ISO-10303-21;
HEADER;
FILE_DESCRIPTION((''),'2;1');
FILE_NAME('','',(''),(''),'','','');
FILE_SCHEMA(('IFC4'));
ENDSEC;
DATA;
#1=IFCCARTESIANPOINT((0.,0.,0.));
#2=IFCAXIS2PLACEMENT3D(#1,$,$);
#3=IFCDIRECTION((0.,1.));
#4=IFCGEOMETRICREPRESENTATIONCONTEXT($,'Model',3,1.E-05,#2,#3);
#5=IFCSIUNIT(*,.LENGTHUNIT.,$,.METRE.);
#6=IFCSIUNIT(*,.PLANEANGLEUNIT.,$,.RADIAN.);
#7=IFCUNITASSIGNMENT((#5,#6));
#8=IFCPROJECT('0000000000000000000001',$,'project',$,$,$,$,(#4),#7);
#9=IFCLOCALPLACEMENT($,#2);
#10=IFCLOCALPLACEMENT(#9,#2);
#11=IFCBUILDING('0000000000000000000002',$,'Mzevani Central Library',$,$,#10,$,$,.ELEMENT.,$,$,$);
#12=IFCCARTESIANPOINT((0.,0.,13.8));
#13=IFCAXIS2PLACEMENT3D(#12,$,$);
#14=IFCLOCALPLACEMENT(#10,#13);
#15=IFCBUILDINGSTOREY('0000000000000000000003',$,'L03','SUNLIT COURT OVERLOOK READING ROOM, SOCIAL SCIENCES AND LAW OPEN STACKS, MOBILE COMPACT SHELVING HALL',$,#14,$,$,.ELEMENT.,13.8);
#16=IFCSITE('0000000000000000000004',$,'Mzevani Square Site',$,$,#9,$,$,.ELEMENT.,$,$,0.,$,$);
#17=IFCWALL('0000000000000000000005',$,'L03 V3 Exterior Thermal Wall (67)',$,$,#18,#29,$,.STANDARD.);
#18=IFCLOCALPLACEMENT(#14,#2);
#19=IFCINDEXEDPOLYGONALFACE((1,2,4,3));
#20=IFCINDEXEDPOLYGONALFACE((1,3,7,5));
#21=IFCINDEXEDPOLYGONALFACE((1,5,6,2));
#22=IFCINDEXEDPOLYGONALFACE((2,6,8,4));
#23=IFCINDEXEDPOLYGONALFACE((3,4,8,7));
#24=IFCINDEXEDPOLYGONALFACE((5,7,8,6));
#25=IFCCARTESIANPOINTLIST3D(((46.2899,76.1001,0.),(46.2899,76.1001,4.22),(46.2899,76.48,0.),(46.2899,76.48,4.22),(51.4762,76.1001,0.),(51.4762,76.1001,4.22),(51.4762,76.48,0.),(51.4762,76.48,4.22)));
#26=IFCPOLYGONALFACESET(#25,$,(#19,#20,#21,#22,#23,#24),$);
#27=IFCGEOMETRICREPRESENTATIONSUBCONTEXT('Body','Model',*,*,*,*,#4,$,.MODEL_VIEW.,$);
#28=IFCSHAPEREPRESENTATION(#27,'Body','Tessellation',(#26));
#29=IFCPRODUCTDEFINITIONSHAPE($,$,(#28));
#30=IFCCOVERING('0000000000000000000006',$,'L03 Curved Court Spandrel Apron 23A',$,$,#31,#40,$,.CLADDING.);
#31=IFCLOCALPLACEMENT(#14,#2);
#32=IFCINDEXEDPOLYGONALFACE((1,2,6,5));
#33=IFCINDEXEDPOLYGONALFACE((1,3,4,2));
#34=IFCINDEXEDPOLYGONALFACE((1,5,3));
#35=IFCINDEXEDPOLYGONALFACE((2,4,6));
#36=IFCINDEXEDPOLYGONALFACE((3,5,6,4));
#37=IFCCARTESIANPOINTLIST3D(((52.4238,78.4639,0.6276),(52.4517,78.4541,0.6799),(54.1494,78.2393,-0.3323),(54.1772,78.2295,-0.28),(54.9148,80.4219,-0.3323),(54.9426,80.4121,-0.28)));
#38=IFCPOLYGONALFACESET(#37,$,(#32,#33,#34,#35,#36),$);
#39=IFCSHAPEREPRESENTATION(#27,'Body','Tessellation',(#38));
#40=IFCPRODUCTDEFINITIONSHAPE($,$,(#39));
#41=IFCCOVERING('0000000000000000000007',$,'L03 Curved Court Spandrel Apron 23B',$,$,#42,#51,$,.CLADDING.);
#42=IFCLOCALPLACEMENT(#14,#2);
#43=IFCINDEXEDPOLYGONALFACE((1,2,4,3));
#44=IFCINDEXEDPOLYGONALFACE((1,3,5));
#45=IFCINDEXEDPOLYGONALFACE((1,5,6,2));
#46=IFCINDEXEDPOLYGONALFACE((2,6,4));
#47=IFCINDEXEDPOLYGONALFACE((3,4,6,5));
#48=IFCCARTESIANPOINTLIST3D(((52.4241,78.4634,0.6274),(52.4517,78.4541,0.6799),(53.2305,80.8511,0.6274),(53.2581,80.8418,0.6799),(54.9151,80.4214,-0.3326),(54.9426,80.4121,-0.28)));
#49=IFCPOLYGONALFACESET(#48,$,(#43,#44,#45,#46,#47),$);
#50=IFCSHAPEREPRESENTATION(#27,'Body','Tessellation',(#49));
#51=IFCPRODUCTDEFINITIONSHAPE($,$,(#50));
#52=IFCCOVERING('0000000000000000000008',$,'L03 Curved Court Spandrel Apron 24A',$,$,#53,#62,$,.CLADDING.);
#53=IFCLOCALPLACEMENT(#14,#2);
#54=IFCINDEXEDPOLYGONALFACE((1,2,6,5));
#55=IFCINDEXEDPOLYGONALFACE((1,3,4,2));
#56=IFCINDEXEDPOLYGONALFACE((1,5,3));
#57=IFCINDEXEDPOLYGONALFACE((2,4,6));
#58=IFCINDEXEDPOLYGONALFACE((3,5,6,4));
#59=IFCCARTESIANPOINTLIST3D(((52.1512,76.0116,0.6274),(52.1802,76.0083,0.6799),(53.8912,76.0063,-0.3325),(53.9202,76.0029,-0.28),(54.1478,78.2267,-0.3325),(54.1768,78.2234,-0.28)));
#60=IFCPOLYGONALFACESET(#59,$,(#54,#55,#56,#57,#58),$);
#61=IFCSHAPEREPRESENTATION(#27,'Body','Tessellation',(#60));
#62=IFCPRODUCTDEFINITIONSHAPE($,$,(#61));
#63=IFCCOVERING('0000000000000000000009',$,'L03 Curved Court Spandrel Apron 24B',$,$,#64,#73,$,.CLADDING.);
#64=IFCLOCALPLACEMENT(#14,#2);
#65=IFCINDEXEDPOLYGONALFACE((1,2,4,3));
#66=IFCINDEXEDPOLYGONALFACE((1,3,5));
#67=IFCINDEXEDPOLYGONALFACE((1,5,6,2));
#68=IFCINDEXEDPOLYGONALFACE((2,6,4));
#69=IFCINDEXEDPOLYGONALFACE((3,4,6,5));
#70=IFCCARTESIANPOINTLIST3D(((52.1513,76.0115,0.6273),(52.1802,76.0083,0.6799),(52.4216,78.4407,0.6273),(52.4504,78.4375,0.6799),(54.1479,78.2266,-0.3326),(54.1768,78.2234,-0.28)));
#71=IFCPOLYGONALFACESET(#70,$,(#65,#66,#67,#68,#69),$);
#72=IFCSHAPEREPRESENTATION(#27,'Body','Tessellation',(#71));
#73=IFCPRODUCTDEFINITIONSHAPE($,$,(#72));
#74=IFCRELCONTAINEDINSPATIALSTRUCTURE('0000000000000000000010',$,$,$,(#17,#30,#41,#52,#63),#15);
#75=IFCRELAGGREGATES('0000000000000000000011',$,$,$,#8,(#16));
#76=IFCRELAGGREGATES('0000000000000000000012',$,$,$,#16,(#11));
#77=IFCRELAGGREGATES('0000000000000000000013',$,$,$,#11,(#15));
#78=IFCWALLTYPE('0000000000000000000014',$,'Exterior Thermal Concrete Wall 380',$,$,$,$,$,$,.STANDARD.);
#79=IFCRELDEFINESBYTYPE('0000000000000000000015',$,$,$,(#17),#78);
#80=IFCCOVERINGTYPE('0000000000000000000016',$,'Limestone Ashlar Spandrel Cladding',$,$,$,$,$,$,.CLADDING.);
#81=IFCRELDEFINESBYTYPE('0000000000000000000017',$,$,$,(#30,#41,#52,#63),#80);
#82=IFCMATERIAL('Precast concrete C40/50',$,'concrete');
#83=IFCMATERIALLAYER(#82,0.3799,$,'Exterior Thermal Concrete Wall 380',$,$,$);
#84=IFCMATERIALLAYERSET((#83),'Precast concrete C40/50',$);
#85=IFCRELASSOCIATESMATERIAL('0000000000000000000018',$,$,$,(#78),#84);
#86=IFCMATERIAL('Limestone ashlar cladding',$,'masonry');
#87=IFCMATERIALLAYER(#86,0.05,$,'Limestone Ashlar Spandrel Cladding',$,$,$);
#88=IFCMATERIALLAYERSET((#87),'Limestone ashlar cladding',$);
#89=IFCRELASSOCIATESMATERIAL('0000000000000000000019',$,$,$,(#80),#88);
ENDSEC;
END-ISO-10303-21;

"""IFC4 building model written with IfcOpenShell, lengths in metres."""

from ifc_helpers import new_model, si_unit, direction, frame, frame_2d, origin, place, context, subcontext, project, spatial, polyline, rectangle, outline, extrude, material, layer, layer_set, type_object, element, save


model = new_model("IFC4")

# Units and contexts
model_context = context("Model", 3, precision=1e-05, world=origin(), true_north=direction((0.0, 1.0)))
body_context = subcontext(model_context, "Body", "Model", "MODEL_VIEW")
ifc_project = project(units=[si_unit("LENGTHUNIT", "METRE"), si_unit("PLANEANGLEUNIT", "RADIAN")], contexts=[model_context])

# Site, building, storey
site_placement = place(None, origin())
site = spatial("IfcSite", under=ifc_project, at=site_placement, Name="Mzevani Square Site", CompositionType="ELEMENT", RefElevation=0.0)
building_placement = place(site_placement, origin())
building = spatial("IfcBuilding", under=site, at=building_placement, Name="Mzevani Central Library", CompositionType="ELEMENT")
storey_placement = place(building_placement, frame((0.0, 0.0, 13.8)))
storey = spatial("IfcBuildingStorey", under=building, at=storey_placement, Name="L03", Description="SUNLIT COURT OVERLOOK READING ROOM, SOCIAL SCIENCES AND LAW OPEN STACKS, MOBILE COMPACT SHELVING HALL", CompositionType="ELEMENT", Elevation=13.8)

# Shared definitions
ifc_material_1 = material(Name="Precast concrete C40/50", Category="concrete")

# Shared definitions
ifc_layer_1 = layer(ifc_material_1, 0.3799, Name="Exterior Thermal Concrete Wall 380")
ifc_layer_set_1 = layer_set([ifc_layer_1], Name="Precast concrete C40/50")
wall_type_1 = type_object("IfcWallType", Name="Exterior Thermal Concrete Wall 380", PredefinedType="STANDARD", material=ifc_layer_set_1)

# Wall
wall_1_placement = place(storey_placement, frame((51.4763, 76.29, 0.0), z_axis=(0.0, 0.0, 1.0), x_axis=(-1.0, 0.0, 0.0)))
element("IfcWall", 1, at=wall_1_placement, inside=storey, type_object=wall_type_1, Name="L03 V3 Exterior Thermal Wall (67)", PredefinedType="STANDARD", context=body_context, shape_type="SweptSolid", body=[
    extrude(rectangle(XDim=5.1863, YDim=0.3799, at=frame_2d((2.5933, 0.0))), origin(), (0.0, 0.0, 1.0), 4.22),
])

# Coverings
ifc_material_2 = material(Name="Limestone ashlar cladding", Category="masonry")
ifc_layer_2 = layer(ifc_material_2, 0.05, Name="Limestone Ashlar Spandrel Cladding")
ifc_layer_set_2 = layer_set([ifc_layer_2], Name="Limestone ashlar cladding")
covering_type = type_object("IfcCoveringType", Name="Limestone Ashlar Spandrel Cladding", PredefinedType="CLADDING", material=ifc_layer_set_2)
covering_1_placement = place(storey_placement, frame((54.9426, 80.4121, -0.28), z_axis=(0.463445, -0.162517, 0.871095), x_axis=(-0.330915, -0.943661, 0.0)))
element("IfcCovering", 2, at=covering_1_placement, inside=storey, type_object=covering_type, Name="L03 Curved Court Spandrel Apron 23A", PredefinedType="CLADDING", context=body_context, shape_type="SweptSolid", body=[
    extrude(outline(polyline([(0.0, 0.0), (2.3129, 0.0), (2.672, -1.9547), (0.0, 0.0)])), origin(), (0.0, 0.0, -1.0), 0.0601),
])
covering_2_placement = place(storey_placement, frame((54.9426, 80.4121, -0.28), z_axis=(0.458981, -0.155012, 0.874819), x_axis=(-0.752416, -0.591432, 0.289964)))
element("IfcCovering", 3, at=covering_2_placement, inside=storey, type_object=covering_type, Name="L03 Curved Court Spandrel Apron 23B", PredefinedType="CLADDING", context=body_context, shape_type="SweptSolid", body=[
    extrude(outline(polyline([(0.0, 0.0), (3.3106, 0.0), (1.2917, -1.5084), (0.0, 0.0)])), origin(), (0.0, 0.0, -1.0), 0.0601),
])
covering_3_placement = place(storey_placement, frame((54.1768, 78.2234, -0.28), z_axis=(0.482182, -0.05572, 0.874297), x_axis=(-0.114794, -0.993389, 0.0)))
element("IfcCovering", 4, at=covering_3_placement, inside=storey, type_object=covering_type, Name="L03 Curved Court Spandrel Apron 24A", PredefinedType="CLADDING", context=body_context, shape_type="SweptSolid", body=[
    extrude(outline(polyline([(0.0, 0.0), (2.2352, 0.0), (2.4296, -1.9777), (0.0, 0.0)])), origin(), (0.0, 0.0, -1.0), 0.0601),
])
covering_4_placement = place(storey_placement, frame((54.1768, 78.2234, -0.28), z_axis=(0.480225, -0.053428, 0.875516), x_axis=(-0.637314, -0.707062, 0.306422)))
element("IfcCovering", 5, at=covering_4_placement, inside=storey, type_object=covering_type, Name="L03 Curved Court Spandrel Apron 24B", PredefinedType="CLADDING", context=body_context, shape_type="SweptSolid", body=[
    extrude(outline(polyline([(0.0, 0.0), (3.1328, 0.0), (1.243, -1.55), (0.0, 0.0)])), origin(), (0.0, 0.0, -1.0), 0.0601),
])

save(model, "model.ifc")
